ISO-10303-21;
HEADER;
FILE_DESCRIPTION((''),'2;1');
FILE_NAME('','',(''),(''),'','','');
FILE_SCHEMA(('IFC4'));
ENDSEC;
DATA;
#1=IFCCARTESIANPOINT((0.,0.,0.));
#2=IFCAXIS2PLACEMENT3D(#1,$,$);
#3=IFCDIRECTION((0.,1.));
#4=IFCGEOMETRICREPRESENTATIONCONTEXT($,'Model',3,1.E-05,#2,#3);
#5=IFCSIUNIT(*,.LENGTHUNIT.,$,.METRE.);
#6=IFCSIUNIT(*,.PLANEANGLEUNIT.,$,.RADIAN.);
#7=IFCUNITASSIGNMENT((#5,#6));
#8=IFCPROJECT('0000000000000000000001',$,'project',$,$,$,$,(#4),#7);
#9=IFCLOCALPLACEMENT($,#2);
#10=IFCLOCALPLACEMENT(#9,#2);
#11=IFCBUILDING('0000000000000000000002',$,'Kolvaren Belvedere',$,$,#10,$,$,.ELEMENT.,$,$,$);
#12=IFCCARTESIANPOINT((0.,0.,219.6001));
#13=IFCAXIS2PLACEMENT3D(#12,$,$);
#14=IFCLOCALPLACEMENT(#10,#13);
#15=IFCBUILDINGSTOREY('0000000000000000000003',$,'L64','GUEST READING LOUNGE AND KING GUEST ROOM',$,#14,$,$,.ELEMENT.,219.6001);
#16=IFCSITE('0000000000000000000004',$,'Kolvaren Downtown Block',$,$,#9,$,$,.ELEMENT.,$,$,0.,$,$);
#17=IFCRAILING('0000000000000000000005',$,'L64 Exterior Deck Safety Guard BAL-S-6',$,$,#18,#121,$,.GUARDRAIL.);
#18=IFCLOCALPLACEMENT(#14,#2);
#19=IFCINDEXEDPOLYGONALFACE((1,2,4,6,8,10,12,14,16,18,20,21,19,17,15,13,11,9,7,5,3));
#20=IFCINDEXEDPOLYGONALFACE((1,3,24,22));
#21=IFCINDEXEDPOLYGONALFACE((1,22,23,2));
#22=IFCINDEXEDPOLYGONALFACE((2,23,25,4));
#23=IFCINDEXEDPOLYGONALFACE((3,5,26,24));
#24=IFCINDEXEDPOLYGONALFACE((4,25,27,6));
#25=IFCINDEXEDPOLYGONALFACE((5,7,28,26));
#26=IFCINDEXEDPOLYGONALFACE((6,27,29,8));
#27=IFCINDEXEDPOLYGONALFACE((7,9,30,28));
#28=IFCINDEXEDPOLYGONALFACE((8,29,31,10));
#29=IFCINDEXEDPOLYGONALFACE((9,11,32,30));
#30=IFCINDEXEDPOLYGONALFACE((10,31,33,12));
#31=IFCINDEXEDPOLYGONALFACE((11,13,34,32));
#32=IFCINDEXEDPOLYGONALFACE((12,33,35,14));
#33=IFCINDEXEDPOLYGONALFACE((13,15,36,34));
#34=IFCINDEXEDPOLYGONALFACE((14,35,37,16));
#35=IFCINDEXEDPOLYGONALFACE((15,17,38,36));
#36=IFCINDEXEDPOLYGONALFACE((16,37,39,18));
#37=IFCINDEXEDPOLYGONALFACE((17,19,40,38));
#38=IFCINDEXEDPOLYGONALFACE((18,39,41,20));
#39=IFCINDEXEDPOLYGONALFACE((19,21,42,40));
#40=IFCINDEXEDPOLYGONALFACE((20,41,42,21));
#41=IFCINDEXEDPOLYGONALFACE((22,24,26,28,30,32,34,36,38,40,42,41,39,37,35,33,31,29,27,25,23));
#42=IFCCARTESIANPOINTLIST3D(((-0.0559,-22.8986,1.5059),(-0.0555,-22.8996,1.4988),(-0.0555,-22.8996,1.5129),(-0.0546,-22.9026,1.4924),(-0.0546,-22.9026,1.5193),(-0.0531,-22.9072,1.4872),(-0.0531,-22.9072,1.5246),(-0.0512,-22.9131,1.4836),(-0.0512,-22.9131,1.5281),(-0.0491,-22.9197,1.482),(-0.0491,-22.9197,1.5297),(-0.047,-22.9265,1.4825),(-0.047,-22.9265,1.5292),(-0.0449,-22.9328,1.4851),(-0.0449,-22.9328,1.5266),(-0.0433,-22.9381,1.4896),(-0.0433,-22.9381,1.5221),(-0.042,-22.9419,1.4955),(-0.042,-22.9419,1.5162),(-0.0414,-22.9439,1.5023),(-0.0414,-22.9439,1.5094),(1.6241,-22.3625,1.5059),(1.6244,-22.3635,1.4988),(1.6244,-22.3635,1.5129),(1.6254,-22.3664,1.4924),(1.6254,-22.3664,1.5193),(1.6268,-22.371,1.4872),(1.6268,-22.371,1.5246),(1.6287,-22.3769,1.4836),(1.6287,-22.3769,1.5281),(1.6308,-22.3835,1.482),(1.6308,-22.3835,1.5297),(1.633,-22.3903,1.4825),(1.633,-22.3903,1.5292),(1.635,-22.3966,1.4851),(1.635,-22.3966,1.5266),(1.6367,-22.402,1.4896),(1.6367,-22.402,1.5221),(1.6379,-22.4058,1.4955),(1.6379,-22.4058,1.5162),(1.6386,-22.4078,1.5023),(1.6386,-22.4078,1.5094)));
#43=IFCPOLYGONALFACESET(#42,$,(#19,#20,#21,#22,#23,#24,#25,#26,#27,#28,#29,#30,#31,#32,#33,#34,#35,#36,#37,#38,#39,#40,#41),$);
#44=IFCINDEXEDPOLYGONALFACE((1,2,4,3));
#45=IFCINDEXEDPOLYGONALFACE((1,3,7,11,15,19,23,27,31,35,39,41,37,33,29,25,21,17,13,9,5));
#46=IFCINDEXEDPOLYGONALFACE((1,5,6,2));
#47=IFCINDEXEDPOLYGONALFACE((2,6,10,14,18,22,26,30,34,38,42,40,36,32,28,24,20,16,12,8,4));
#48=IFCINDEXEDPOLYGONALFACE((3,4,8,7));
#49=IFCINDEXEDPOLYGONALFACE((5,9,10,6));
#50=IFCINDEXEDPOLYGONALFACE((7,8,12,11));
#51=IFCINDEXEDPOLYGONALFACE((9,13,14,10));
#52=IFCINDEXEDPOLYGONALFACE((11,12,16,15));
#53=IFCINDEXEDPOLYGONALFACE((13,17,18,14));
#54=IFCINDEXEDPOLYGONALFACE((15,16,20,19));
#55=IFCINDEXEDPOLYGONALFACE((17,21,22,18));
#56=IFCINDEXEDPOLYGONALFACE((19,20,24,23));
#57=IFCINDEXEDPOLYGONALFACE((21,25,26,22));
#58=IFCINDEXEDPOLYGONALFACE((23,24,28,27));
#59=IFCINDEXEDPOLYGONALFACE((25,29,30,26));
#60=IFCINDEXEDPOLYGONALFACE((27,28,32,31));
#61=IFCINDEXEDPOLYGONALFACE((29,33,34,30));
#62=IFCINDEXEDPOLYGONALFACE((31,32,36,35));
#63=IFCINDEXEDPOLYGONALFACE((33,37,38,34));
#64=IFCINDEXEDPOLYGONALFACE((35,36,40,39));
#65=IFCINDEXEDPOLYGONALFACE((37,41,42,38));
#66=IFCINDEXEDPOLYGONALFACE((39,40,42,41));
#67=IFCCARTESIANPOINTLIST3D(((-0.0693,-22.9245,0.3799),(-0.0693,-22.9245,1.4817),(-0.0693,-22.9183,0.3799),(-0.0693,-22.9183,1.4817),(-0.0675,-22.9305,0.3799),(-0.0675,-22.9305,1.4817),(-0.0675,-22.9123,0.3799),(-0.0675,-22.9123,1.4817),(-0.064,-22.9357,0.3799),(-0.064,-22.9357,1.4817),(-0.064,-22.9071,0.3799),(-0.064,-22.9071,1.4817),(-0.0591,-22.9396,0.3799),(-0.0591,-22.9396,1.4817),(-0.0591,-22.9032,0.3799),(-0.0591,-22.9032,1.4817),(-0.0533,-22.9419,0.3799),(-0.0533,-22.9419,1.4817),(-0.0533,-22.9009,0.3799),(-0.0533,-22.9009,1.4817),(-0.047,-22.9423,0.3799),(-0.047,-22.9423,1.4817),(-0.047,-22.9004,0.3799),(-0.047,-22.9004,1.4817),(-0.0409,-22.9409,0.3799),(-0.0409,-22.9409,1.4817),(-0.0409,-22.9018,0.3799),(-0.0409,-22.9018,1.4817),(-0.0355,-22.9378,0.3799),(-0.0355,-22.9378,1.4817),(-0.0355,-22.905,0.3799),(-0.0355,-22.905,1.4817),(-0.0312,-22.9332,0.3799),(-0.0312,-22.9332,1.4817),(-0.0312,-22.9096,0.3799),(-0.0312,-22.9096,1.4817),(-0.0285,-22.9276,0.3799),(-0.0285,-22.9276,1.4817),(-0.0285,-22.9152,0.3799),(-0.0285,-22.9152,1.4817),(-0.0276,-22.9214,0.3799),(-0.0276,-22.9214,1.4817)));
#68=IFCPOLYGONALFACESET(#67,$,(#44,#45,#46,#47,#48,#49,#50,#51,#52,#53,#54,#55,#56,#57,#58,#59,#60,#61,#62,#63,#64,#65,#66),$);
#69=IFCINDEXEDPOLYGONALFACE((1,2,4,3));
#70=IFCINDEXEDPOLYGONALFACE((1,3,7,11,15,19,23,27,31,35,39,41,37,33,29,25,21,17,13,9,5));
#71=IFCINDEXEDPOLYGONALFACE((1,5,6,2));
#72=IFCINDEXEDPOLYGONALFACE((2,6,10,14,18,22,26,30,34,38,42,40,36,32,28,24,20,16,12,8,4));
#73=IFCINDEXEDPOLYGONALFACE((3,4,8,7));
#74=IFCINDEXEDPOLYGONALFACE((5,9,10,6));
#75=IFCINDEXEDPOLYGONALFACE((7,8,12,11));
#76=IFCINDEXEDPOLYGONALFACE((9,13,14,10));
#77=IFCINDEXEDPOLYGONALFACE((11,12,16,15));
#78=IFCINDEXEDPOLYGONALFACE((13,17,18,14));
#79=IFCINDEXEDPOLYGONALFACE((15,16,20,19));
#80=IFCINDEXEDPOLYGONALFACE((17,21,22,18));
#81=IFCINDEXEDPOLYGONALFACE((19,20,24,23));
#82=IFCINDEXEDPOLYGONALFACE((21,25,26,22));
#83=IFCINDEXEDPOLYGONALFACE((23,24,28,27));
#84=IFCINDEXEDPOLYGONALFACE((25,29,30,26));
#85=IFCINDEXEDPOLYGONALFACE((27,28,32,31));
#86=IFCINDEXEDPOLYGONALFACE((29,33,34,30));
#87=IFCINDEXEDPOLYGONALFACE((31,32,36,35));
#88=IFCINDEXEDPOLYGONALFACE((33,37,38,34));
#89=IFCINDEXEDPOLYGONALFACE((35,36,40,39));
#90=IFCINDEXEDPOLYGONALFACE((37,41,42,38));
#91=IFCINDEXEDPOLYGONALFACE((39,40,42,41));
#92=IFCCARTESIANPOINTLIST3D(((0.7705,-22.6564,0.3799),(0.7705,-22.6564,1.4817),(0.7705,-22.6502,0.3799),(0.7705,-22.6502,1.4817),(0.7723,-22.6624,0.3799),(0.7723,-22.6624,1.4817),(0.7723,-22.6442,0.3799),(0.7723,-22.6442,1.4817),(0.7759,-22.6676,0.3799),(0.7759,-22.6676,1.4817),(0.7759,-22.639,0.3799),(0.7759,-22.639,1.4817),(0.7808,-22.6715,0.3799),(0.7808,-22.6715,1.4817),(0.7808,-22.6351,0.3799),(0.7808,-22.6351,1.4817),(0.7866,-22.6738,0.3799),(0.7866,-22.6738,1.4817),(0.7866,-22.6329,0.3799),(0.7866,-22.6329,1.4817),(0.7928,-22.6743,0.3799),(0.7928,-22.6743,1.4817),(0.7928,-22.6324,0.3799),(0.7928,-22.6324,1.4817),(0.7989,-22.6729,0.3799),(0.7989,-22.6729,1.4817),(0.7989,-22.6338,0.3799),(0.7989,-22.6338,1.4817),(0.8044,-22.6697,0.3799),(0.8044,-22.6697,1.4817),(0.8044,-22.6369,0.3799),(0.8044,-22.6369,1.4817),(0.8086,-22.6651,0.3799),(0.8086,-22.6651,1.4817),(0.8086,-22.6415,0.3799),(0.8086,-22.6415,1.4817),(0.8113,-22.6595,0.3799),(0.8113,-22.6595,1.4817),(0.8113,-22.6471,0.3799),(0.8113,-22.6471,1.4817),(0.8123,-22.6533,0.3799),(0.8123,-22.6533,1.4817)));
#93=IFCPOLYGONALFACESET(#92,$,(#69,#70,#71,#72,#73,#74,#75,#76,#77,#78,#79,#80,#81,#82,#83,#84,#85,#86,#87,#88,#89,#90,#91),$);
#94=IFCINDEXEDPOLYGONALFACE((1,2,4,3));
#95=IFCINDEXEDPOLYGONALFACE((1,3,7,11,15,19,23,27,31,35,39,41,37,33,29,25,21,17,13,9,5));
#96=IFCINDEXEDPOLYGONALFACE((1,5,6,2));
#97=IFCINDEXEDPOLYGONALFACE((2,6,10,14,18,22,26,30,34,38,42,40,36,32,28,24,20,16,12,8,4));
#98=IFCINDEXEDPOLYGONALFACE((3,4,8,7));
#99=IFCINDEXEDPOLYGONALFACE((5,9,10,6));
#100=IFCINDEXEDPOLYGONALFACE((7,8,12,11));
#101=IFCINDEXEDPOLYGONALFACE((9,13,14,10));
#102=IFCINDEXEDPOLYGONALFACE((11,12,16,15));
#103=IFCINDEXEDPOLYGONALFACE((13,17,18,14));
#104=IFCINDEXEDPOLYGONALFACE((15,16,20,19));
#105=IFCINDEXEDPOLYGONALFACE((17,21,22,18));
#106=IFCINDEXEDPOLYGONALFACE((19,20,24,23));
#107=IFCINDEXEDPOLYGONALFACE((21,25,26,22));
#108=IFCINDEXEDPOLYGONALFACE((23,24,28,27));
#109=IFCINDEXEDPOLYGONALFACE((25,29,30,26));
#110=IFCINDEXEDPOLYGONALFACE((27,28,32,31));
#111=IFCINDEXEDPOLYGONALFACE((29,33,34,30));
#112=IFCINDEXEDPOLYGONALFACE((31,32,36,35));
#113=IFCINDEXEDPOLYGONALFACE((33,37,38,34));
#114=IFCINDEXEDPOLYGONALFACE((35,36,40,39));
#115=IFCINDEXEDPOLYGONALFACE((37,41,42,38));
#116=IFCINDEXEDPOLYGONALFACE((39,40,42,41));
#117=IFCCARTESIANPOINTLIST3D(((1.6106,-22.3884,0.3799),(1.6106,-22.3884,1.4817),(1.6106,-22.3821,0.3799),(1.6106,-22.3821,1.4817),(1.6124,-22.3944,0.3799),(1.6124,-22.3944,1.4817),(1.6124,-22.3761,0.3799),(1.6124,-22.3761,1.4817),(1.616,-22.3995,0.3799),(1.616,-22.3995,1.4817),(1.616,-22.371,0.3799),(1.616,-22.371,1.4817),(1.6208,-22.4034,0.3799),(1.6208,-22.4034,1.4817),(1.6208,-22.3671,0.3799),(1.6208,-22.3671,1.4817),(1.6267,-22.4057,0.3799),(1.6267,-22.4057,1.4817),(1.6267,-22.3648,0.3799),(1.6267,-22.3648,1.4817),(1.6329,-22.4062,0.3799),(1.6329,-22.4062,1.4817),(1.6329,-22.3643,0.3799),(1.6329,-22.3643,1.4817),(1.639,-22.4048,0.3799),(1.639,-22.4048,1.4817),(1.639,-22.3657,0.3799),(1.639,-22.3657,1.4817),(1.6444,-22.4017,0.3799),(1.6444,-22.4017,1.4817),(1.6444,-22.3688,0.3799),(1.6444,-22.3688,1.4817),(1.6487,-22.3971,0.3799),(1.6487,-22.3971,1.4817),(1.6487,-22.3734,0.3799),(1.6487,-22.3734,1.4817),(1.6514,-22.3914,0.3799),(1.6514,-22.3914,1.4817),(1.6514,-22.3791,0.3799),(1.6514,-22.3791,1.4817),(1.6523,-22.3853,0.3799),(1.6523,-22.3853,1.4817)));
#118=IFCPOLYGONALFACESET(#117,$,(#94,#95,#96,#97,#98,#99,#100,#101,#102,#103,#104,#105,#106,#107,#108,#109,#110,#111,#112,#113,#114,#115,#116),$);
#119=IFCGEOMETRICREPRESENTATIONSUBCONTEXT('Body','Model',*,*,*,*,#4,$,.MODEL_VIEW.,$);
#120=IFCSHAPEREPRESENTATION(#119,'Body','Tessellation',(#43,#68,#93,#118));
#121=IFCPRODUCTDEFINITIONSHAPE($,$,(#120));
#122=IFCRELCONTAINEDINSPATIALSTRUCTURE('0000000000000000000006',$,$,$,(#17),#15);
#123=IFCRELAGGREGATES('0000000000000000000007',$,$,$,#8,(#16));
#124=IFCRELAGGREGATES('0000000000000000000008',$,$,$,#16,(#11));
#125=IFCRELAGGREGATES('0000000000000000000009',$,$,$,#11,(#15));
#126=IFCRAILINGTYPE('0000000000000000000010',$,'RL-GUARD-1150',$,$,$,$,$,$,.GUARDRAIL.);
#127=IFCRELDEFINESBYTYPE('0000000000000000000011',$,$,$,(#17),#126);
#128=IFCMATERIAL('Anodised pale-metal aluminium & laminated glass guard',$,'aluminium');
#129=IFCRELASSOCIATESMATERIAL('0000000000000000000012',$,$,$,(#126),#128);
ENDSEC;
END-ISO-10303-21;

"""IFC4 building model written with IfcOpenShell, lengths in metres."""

from ifc_helpers import new_model, si_unit, direction, frame, origin, origin_2d, place, context, subcontext, project, spatial, circle, extrude, material, type_object, element, save


model = new_model("IFC4")

# Units and contexts
model_context = context("Model", 3, precision=1e-05, world=origin(), true_north=direction((0.0, 1.0)))
body_context = subcontext(model_context, "Body", "Model", "MODEL_VIEW")
ifc_project = project(units=[si_unit("LENGTHUNIT", "METRE"), si_unit("PLANEANGLEUNIT", "RADIAN")], contexts=[model_context])

# Site, building, storey
site_placement = place(None, origin())
site = spatial("IfcSite", under=ifc_project, at=site_placement, Name="Kolvaren Downtown Block", CompositionType="ELEMENT", RefElevation=0.0)
building_placement = place(site_placement, origin())
building = spatial("IfcBuilding", under=site, at=building_placement, Name="Kolvaren Belvedere", CompositionType="ELEMENT")
storey_placement = place(building_placement, frame((0.0, 0.0, 219.6001)))
storey = spatial("IfcBuildingStorey", under=building, at=storey_placement, Name="L64", Description="GUEST READING LOUNGE AND KING GUEST ROOM", CompositionType="ELEMENT", Elevation=219.6001)

# Railing
ifc_material_1 = material(Name="Anodised pale-metal aluminium & laminated glass guard", Category="aluminium")
railing_type = type_object("IfcRailingType", Name="RL-GUARD-1150", PredefinedType="GUARDRAIL", material=ifc_material_1)
railing_1_placement = place(storey_placement, frame((-0.0486, -22.9214, 0.3799)))
element("IfcRailing", 1, at=railing_1_placement, inside=storey, type_object=railing_type, Name="L64 Exterior Deck Safety Guard BAL-S-6", PredefinedType="GUARDRAIL", context=body_context, shape_type="SweptSolid", body=[
    extrude(circle(Radius=0.0239, at=origin_2d()), frame((0.0, 0.0, 1.126), z_axis=(0.952662, 0.304032, 0.0), x_axis=(-0.304032, 0.952662, 0.0)), (0.0, 0.0, 1.0), 1.7634),
    extrude(circle(Radius=0.021, at=origin_2d()), origin(), (0.0, 0.0, 1.0), 1.1018),
    extrude(circle(Radius=0.021, at=origin_2d()), frame((0.8398, 0.2681, 0.0)), (0.0, 0.0, 1.0), 1.1018),
    extrude(circle(Radius=0.021, at=origin_2d()), frame((1.6799, 0.5361, 0.0)), (0.0, 0.0, 1.0), 1.1018),
])

save(model, "model.ifc")
